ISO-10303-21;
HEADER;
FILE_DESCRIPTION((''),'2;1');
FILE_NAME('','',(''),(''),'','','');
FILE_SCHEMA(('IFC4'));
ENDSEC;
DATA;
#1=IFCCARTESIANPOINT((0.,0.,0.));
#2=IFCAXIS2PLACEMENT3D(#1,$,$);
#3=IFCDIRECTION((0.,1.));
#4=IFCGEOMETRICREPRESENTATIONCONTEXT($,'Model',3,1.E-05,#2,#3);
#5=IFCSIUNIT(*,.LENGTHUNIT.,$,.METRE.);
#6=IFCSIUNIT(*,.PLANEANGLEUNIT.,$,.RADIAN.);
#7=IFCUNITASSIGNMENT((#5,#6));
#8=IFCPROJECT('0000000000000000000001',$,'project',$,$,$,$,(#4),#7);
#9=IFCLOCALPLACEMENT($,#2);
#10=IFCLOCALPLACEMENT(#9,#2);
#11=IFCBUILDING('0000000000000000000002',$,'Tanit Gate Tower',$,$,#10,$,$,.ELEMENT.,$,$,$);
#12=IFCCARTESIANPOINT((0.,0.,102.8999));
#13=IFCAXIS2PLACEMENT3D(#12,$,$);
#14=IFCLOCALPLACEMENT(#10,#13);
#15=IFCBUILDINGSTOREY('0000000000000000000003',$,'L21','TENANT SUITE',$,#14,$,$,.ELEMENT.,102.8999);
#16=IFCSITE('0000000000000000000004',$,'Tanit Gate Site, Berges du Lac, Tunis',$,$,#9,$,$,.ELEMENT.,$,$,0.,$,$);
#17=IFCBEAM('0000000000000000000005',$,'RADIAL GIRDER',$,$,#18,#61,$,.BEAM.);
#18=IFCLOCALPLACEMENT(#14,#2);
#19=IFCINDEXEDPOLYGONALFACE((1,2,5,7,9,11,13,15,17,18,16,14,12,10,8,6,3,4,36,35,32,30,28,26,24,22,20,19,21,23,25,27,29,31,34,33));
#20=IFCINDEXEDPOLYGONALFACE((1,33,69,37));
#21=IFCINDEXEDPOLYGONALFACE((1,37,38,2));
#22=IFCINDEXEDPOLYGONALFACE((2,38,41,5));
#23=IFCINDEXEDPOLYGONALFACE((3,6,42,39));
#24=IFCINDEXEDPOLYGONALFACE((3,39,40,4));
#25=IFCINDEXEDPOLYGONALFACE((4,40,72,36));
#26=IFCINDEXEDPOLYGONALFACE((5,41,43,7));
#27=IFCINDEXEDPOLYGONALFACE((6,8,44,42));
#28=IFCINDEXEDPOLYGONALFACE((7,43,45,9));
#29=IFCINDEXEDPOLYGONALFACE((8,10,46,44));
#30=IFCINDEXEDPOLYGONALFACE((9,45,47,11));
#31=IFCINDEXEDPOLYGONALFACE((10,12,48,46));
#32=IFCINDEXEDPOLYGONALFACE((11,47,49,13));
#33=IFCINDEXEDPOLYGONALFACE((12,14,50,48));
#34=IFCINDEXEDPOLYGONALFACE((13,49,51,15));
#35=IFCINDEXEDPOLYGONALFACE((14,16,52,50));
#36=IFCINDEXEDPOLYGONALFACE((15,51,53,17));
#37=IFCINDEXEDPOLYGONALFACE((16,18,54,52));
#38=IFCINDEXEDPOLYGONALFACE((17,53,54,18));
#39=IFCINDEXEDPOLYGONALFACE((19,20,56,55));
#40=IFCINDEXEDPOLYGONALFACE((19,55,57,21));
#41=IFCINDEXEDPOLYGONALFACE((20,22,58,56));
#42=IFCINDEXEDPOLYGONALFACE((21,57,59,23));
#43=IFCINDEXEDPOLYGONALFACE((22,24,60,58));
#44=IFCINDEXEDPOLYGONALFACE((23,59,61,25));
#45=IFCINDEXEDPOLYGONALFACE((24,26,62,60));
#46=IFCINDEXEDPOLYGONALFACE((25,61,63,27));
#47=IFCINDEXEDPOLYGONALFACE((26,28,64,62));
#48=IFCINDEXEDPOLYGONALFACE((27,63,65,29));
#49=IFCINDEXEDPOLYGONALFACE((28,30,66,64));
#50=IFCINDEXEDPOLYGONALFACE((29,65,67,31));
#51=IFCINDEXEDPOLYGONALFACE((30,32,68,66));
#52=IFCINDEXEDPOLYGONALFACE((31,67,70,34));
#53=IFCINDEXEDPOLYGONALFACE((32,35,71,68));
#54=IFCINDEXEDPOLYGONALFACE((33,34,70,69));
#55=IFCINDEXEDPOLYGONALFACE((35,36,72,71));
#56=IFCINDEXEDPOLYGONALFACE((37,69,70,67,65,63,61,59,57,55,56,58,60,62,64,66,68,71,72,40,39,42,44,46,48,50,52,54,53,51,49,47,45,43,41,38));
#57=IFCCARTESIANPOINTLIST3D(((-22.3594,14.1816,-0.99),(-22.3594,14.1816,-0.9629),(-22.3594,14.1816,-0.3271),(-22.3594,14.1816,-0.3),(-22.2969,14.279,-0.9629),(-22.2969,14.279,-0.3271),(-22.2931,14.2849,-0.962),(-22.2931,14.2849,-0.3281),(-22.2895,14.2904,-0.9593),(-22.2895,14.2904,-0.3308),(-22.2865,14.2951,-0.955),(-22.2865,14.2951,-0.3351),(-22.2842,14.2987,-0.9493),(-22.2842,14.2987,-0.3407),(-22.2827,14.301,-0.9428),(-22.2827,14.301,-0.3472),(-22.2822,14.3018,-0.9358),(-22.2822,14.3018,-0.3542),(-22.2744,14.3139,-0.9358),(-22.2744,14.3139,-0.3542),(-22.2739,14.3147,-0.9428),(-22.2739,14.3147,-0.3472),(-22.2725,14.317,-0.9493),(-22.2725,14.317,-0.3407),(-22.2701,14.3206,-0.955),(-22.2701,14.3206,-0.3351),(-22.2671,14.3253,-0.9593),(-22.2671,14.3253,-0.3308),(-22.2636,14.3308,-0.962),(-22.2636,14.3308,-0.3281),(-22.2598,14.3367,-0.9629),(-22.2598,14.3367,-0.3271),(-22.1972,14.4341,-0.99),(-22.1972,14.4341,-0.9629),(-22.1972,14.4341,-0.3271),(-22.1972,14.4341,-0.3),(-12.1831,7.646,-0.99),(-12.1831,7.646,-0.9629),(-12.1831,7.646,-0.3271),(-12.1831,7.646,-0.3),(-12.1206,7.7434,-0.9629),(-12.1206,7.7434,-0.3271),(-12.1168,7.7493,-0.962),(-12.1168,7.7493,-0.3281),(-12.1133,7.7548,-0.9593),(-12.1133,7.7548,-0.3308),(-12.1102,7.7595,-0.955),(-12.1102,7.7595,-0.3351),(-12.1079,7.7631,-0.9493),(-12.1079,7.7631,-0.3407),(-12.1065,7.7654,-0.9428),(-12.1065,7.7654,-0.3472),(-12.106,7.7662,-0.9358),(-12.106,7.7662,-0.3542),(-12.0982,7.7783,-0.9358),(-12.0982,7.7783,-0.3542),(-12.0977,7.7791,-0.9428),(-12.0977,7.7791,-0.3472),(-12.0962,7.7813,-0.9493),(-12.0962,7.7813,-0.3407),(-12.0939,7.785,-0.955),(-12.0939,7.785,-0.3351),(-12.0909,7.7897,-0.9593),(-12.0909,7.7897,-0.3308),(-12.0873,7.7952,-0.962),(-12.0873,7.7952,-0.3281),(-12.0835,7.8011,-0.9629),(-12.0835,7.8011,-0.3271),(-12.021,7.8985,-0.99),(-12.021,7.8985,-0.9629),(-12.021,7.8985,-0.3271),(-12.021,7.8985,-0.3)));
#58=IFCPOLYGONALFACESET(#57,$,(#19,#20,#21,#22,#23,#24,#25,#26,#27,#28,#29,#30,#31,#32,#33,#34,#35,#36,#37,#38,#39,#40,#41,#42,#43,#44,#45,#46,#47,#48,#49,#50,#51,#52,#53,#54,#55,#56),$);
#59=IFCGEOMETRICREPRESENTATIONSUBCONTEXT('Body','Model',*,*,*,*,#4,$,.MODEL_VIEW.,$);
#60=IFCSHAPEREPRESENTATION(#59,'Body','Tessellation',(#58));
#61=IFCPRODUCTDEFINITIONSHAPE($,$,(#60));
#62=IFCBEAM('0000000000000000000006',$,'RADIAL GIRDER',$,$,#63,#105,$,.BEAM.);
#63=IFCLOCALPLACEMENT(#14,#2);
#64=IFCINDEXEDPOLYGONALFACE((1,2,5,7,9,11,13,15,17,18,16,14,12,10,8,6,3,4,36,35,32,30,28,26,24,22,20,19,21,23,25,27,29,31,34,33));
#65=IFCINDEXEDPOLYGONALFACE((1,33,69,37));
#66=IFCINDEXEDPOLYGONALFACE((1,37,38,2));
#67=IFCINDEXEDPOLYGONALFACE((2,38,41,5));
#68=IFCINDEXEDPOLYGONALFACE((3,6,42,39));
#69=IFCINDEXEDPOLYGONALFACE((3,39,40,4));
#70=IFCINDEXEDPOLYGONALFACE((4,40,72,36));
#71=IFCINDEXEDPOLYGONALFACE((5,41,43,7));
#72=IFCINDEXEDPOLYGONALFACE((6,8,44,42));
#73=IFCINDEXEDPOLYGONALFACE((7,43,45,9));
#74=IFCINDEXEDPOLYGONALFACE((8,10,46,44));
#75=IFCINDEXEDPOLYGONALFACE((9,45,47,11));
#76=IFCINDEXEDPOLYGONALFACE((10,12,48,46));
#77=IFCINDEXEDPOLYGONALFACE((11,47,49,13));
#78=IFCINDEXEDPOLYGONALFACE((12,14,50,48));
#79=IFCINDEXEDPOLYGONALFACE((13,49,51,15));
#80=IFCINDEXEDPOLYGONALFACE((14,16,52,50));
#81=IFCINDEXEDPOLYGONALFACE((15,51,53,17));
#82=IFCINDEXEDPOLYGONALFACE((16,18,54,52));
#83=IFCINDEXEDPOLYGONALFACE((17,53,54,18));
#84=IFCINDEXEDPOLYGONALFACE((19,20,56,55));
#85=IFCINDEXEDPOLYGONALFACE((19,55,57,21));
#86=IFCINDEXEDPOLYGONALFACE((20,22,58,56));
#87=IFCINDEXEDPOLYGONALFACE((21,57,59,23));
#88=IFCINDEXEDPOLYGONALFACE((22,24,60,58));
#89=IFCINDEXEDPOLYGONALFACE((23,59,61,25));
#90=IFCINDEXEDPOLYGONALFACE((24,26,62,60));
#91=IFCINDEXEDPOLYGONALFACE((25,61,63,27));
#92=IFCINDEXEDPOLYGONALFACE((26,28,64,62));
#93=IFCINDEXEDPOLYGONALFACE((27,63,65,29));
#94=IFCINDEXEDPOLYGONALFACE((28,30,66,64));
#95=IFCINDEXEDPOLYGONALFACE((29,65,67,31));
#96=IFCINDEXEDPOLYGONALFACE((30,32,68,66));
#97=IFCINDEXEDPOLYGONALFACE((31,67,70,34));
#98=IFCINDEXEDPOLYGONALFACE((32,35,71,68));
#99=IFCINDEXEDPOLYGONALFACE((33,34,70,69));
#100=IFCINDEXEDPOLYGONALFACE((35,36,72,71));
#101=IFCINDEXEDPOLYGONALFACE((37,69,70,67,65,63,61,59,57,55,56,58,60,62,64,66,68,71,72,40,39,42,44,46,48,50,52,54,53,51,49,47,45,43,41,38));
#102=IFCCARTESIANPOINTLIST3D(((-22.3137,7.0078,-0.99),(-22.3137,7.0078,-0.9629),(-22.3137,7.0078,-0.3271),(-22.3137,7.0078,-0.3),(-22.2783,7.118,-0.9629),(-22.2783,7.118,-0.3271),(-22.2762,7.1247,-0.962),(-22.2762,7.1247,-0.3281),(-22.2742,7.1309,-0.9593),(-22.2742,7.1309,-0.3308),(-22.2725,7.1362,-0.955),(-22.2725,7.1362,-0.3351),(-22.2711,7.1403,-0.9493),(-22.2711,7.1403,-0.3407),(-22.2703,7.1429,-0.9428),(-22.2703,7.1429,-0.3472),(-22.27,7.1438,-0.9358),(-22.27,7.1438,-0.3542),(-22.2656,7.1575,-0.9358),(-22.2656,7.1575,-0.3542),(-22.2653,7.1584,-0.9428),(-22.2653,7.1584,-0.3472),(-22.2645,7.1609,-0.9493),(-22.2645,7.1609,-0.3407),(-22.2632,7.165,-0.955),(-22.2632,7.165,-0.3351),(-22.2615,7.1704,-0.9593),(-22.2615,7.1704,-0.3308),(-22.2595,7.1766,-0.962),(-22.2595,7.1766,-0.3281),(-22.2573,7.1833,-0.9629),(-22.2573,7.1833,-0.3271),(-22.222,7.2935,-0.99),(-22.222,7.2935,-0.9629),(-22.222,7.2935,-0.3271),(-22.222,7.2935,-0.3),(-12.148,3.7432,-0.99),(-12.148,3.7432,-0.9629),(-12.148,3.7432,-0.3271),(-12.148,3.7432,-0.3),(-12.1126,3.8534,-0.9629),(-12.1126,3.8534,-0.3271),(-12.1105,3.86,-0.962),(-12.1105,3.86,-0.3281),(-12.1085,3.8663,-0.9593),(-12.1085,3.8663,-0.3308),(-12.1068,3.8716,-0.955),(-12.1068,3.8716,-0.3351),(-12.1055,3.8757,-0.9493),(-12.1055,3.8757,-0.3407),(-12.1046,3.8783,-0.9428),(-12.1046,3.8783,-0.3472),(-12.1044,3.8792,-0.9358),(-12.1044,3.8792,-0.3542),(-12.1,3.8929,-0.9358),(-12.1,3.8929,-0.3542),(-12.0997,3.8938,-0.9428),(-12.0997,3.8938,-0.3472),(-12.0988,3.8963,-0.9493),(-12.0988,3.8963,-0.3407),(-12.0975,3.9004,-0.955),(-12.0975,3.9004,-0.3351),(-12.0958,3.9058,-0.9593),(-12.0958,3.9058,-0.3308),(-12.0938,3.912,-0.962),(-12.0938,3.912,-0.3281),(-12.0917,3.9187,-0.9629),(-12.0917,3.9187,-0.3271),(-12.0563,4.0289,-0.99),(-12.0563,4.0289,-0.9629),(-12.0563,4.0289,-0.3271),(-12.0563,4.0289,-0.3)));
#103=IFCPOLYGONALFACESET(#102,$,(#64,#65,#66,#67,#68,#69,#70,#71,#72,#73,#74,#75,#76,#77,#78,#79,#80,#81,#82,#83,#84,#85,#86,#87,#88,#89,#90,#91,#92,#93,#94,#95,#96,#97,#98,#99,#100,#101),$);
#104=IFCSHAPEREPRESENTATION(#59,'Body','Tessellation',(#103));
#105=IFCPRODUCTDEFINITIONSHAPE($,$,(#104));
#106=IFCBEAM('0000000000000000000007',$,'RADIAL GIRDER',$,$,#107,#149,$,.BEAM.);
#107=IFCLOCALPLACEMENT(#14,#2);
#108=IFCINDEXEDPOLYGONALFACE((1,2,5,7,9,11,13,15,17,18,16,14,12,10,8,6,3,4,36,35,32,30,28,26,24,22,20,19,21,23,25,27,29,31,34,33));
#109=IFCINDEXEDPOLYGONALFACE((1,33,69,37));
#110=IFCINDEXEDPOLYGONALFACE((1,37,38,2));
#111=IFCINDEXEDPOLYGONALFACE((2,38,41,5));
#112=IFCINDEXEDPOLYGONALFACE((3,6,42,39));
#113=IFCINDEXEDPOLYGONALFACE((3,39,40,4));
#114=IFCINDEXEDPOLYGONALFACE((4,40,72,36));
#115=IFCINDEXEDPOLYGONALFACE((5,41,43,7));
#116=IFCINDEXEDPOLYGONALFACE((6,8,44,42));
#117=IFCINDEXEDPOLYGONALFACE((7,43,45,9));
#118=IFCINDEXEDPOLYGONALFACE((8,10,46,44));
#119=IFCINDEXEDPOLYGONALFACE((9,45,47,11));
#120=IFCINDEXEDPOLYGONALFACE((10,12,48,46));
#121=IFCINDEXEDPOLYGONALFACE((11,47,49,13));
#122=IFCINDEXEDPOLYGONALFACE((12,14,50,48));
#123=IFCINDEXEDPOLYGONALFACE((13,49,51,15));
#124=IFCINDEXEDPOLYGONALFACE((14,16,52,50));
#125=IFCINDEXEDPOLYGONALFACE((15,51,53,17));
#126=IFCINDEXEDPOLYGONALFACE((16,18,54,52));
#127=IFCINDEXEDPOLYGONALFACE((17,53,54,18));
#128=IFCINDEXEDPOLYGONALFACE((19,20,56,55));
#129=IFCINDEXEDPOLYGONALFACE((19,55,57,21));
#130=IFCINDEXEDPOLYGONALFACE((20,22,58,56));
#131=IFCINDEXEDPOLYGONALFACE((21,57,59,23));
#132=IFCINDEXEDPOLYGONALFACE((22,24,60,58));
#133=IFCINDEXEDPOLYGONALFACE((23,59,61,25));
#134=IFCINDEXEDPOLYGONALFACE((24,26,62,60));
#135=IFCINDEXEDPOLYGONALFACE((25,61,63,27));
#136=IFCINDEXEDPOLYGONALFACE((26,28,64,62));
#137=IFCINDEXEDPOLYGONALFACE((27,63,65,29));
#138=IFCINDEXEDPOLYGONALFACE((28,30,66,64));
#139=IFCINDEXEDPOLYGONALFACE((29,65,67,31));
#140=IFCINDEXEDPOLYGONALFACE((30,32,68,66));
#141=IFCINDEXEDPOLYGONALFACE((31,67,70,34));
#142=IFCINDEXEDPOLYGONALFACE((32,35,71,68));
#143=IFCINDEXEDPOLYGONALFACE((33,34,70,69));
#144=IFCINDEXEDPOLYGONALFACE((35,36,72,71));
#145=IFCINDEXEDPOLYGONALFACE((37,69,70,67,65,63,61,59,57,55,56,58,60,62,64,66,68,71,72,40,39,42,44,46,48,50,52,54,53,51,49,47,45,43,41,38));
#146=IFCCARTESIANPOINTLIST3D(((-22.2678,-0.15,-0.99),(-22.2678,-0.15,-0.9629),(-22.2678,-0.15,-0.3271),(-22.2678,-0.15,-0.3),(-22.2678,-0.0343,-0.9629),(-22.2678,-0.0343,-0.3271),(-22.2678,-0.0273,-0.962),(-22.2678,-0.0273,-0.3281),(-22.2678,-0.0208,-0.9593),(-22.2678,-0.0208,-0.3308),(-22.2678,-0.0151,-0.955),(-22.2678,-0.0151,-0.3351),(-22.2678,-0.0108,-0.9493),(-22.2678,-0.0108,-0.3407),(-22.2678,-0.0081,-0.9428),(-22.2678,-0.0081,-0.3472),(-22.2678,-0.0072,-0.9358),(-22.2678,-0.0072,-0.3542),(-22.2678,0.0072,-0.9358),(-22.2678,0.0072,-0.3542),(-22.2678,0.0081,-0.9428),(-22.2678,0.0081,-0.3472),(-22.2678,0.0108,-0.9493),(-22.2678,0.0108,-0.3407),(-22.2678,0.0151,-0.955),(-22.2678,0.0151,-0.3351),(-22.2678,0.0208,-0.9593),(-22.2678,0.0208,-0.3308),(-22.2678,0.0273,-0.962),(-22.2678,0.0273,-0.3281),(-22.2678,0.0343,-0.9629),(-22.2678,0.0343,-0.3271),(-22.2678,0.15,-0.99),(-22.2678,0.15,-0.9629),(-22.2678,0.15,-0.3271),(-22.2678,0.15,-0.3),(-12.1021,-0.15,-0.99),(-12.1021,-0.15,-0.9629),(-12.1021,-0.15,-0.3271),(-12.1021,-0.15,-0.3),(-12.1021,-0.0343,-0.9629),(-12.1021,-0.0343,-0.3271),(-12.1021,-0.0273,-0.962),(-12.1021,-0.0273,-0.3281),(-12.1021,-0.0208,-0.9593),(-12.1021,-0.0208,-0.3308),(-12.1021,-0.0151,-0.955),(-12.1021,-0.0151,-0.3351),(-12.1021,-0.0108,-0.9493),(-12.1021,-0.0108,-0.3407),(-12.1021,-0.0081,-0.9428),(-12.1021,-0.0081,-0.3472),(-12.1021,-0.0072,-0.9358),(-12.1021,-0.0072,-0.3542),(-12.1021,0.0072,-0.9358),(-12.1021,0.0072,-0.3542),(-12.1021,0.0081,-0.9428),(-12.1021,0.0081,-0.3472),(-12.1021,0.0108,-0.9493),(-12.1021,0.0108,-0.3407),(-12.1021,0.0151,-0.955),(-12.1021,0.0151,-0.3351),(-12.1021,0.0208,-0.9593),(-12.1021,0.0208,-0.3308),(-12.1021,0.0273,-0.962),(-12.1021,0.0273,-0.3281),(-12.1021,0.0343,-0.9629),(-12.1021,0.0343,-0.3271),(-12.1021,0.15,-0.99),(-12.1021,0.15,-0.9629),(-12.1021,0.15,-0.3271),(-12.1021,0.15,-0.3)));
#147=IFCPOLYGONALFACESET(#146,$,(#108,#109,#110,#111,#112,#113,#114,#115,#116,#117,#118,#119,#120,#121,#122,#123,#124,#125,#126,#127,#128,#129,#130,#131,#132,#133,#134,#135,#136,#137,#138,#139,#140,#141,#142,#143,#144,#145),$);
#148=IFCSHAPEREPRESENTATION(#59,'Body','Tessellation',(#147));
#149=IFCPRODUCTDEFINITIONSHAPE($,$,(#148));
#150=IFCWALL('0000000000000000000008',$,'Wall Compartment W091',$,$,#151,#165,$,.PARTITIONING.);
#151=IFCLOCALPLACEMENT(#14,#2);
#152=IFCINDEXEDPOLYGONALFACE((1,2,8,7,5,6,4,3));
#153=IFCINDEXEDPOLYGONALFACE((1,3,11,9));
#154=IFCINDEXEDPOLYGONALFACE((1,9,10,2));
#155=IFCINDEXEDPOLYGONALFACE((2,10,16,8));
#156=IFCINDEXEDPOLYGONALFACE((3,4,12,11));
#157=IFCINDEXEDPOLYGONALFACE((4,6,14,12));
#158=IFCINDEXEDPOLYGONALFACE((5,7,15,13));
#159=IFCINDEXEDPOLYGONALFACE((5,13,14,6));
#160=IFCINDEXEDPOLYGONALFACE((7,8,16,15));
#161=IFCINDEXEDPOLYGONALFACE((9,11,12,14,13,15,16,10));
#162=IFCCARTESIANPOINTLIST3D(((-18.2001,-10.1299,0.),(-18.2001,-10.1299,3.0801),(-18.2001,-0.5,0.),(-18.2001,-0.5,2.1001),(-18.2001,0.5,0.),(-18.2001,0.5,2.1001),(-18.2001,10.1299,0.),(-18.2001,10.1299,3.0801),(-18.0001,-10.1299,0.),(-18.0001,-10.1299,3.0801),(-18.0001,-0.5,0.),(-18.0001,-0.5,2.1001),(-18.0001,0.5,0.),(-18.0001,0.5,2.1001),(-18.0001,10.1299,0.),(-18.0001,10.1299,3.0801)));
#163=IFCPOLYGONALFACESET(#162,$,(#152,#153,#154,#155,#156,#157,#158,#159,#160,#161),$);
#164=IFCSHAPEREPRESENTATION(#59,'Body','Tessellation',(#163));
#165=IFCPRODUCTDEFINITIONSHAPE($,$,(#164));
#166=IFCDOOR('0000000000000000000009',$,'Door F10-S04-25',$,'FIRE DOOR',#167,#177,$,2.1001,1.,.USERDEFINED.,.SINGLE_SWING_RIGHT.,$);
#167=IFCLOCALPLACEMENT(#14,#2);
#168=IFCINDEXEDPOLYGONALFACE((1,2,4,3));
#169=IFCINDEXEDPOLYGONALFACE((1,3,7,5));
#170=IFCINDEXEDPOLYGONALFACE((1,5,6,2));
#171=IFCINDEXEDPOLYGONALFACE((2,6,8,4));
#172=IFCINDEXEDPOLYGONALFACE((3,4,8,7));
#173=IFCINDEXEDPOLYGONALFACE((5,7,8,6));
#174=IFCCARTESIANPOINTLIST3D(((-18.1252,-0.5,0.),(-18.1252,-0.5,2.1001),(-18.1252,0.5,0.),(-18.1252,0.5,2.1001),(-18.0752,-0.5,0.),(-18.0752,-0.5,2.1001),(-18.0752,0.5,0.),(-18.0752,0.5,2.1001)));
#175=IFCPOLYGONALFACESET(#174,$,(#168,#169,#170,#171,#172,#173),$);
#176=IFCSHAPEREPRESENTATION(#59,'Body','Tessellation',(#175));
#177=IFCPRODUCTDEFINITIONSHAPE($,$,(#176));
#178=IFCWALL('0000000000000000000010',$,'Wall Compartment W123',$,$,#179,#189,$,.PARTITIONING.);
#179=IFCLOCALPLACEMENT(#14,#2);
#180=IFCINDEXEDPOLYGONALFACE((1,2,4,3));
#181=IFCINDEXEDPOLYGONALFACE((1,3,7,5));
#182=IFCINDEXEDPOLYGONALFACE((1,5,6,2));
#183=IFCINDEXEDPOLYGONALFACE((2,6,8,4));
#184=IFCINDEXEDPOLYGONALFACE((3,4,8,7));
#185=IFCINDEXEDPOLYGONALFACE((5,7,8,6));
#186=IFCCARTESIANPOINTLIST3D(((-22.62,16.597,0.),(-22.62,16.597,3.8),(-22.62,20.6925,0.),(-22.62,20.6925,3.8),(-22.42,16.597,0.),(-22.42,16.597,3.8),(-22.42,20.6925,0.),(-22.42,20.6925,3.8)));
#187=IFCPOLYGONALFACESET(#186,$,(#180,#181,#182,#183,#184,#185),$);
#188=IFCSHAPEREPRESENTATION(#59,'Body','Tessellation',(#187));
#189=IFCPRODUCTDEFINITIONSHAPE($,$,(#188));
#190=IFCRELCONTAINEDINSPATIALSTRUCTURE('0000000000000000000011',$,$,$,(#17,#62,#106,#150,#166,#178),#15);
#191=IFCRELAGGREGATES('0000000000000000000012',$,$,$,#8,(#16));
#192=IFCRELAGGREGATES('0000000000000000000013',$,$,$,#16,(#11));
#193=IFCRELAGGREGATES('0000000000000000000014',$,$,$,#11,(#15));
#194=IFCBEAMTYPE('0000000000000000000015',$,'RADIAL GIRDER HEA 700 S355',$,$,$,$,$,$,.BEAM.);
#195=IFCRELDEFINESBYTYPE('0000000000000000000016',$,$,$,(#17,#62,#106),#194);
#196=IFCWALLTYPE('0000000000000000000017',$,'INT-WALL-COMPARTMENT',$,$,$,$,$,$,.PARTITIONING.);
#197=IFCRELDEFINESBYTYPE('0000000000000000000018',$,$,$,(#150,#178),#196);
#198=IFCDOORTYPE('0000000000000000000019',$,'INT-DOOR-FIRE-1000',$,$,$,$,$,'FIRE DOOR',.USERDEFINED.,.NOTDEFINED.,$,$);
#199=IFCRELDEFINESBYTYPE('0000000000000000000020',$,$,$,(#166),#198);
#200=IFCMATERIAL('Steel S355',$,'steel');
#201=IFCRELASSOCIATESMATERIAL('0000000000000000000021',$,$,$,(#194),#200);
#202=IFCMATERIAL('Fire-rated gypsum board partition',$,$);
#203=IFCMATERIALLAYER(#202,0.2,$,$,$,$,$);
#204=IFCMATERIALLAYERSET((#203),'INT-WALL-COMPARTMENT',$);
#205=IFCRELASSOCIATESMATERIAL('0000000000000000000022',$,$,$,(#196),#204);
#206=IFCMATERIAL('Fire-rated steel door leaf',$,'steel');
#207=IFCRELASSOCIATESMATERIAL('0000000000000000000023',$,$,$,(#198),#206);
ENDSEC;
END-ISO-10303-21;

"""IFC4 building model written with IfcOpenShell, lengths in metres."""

from ifc_helpers import new_model, si_unit, direction, frame, frame_2d, origin, origin_2d, place, context, subcontext, project, spatial, rectangle, i_section, extrude, material, layer, layer_set, material_profile, profile_set, type_object, element, fill, save


model = new_model("IFC4")

# Units and contexts
model_context = context("Model", 3, precision=1e-05, world=origin(), true_north=direction((0.0, 1.0)))
body_context = subcontext(model_context, "Body", "Model", "MODEL_VIEW")
ifc_project = project(units=[si_unit("LENGTHUNIT", "METRE"), si_unit("PLANEANGLEUNIT", "RADIAN")], contexts=[model_context])

# Site, building, storey
site_placement = place(None, origin())
site = spatial("IfcSite", under=ifc_project, at=site_placement, Name="Tanit Gate Site, Berges du Lac, Tunis", CompositionType="ELEMENT", RefElevation=0.0)
building_placement = place(site_placement, origin())
building = spatial("IfcBuilding", under=site, at=building_placement, Name="Tanit Gate Tower", CompositionType="ELEMENT")
storey_placement = place(building_placement, frame((0.0, 0.0, 102.8999)))
storey = spatial("IfcBuildingStorey", under=building, at=storey_placement, Name="L21", Description="TENANT SUITE", CompositionType="ELEMENT", Elevation=102.8999)

# Beams
ifc_material_1 = material(Name="Steel S355", Category="steel")
ifc_material_profile = material_profile(ifc_material_1, i_section(OverallWidth=0.3, OverallDepth=0.6899, WebThickness=0.0144, FlangeThickness=0.0271, FilletRadius=0.0271, at=origin_2d()), Name="HEA 700")
ifc_profile_set = profile_set([ifc_material_profile], Name="Steel S355")
beam_type = type_object("IfcBeamType", Name="RADIAL GIRDER HEA 700 S355", PredefinedType="BEAM", material=ifc_profile_set)
beam_1_placement = place(storey_placement, frame((-22.2783, 14.3079, -0.645), z_axis=(0.841413, -0.540392, 0.0), x_axis=(0.540392, 0.841413, 0.0)))
element("IfcBeam", 1, at=beam_1_placement, inside=storey, type_object=beam_type, Name="RADIAL GIRDER", PredefinedType="BEAM", context=body_context, shape_type="SweptSolid", body=[
    extrude(i_section(OverallWidth=0.3, OverallDepth=0.6899, WebThickness=0.0144, FlangeThickness=0.0271, FilletRadius=0.0271, at=origin_2d()), origin(), (0.0, 0.0, 1.0), 12.0942),
])
beam_2_placement = place(storey_placement, frame((-22.2678, 7.1506, -0.645), z_axis=(0.952108, -0.305761, 0.0), x_axis=(0.305761, 0.952108, 0.0)))
element("IfcBeam", 2, at=beam_2_placement, inside=storey, type_object=beam_type, Name="RADIAL GIRDER", PredefinedType="BEAM", context=body_context, shape_type="SweptSolid", body=[
    extrude(i_section(OverallWidth=0.3, OverallDepth=0.6899, WebThickness=0.0144, FlangeThickness=0.0271, FilletRadius=0.0271, at=origin_2d()), origin(), (0.0, 0.0, 1.0), 10.677),
])
beam_3_placement = place(storey_placement, frame((-22.2678, 0.0, -0.645), z_axis=(1.0, 0.0, 0.0), x_axis=(0.0, 1.0, 0.0)))
element("IfcBeam", 3, at=beam_3_placement, inside=storey, type_object=beam_type, Name="RADIAL GIRDER", PredefinedType="BEAM", context=body_context, shape_type="SweptSolid", body=[
    extrude(i_section(OverallWidth=0.3, OverallDepth=0.6899, WebThickness=0.0144, FlangeThickness=0.0271, FilletRadius=0.0271, at=origin_2d()), origin(), (0.0, 0.0, 1.0), 10.1658),
])

# Wall, opening, door
ifc_material_2 = material(Name="Fire-rated gypsum board partition")
ifc_layer_1 = layer(ifc_material_2, 0.2)
ifc_layer_set_1 = layer_set([ifc_layer_1], Name="INT-WALL-COMPARTMENT")
wall_type_1 = type_object("IfcWallType", Name="INT-WALL-COMPARTMENT", PredefinedType="PARTITIONING", material=ifc_layer_set_1)
wall_1_placement = place(storey_placement, frame((-18.1001, 10.1299, 0.0), z_axis=(0.0, 0.0, 1.0), x_axis=(0.0, -1.0, 0.0)))
wall_1 = element("IfcWall", 4, at=wall_1_placement, inside=storey, type_object=wall_type_1, Name="Wall Compartment W091", PredefinedType="PARTITIONING", context=body_context, shape_type="SweptSolid", body=[
    extrude(rectangle(XDim=20.2598, YDim=0.2, at=frame_2d((10.1299, 0.0))), origin(), (0.0, 0.0, 1.0), 3.0801),
])
opening_1_placement = place(wall_1_placement, frame((9.6299, 0.0, 0.0)))
opening_1 = element("IfcOpeningElement", 5, at=opening_1_placement, cuts=wall_1, PredefinedType="OPENING", context=body_context, shape_type="SweptSolid", body=[
    extrude(rectangle(XDim=1.0, YDim=2.1001, at=frame_2d((0.5, 1.05))), frame((0.0, 0.1099, 0.0), z_axis=(0.0, -1.0, 0.0), x_axis=(1.0, 0.0, 0.0)), (0.0, 0.0, 1.0), 0.22),
])
ifc_material_3 = material(Name="Fire-rated steel door leaf", Category="steel")
door_type_1 = type_object("IfcDoorType", Name="INT-DOOR-FIRE-1000", ElementType="FIRE DOOR", OperationType="NOTDEFINED", PredefinedType="USERDEFINED", material=ifc_material_3)
door_1_placement = place(opening_1_placement, origin())
door_1 = element("IfcDoor", 6, at=door_1_placement, inside=storey, type_object=door_type_1, Name="Door F10-S04-25", ObjectType="FIRE DOOR", OperationType="SINGLE_SWING_RIGHT", OverallHeight=2.1001, OverallWidth=1.0, PredefinedType="USERDEFINED", context=body_context, shape_type="SweptSolid", body=[
    extrude(rectangle(XDim=1.0, YDim=2.1001, at=frame_2d((0.5, 1.05))), frame((0.0, 0.0249, 0.0), z_axis=(0.0, -1.0, 0.0), x_axis=(1.0, 0.0, 0.0)), (0.0, 0.0, 1.0), 0.05),
])
fill(opening_1, door_1)

# Wall
wall_2_placement = place(storey_placement, frame((-22.52, 16.5969, 0.0), z_axis=(0.0, 0.0, 1.0), x_axis=(0.0, 1.0, 0.0)))
element("IfcWall", 7, at=wall_2_placement, inside=storey, type_object=wall_type_1, Name="Wall Compartment W123", PredefinedType="PARTITIONING", context=body_context, shape_type="SweptSolid", body=[
    extrude(rectangle(XDim=4.0955, YDim=0.2, at=frame_2d((2.0479, 0.0))), origin(), (0.0, 0.0, 1.0), 3.8),
])

save(model, "model.ifc")
